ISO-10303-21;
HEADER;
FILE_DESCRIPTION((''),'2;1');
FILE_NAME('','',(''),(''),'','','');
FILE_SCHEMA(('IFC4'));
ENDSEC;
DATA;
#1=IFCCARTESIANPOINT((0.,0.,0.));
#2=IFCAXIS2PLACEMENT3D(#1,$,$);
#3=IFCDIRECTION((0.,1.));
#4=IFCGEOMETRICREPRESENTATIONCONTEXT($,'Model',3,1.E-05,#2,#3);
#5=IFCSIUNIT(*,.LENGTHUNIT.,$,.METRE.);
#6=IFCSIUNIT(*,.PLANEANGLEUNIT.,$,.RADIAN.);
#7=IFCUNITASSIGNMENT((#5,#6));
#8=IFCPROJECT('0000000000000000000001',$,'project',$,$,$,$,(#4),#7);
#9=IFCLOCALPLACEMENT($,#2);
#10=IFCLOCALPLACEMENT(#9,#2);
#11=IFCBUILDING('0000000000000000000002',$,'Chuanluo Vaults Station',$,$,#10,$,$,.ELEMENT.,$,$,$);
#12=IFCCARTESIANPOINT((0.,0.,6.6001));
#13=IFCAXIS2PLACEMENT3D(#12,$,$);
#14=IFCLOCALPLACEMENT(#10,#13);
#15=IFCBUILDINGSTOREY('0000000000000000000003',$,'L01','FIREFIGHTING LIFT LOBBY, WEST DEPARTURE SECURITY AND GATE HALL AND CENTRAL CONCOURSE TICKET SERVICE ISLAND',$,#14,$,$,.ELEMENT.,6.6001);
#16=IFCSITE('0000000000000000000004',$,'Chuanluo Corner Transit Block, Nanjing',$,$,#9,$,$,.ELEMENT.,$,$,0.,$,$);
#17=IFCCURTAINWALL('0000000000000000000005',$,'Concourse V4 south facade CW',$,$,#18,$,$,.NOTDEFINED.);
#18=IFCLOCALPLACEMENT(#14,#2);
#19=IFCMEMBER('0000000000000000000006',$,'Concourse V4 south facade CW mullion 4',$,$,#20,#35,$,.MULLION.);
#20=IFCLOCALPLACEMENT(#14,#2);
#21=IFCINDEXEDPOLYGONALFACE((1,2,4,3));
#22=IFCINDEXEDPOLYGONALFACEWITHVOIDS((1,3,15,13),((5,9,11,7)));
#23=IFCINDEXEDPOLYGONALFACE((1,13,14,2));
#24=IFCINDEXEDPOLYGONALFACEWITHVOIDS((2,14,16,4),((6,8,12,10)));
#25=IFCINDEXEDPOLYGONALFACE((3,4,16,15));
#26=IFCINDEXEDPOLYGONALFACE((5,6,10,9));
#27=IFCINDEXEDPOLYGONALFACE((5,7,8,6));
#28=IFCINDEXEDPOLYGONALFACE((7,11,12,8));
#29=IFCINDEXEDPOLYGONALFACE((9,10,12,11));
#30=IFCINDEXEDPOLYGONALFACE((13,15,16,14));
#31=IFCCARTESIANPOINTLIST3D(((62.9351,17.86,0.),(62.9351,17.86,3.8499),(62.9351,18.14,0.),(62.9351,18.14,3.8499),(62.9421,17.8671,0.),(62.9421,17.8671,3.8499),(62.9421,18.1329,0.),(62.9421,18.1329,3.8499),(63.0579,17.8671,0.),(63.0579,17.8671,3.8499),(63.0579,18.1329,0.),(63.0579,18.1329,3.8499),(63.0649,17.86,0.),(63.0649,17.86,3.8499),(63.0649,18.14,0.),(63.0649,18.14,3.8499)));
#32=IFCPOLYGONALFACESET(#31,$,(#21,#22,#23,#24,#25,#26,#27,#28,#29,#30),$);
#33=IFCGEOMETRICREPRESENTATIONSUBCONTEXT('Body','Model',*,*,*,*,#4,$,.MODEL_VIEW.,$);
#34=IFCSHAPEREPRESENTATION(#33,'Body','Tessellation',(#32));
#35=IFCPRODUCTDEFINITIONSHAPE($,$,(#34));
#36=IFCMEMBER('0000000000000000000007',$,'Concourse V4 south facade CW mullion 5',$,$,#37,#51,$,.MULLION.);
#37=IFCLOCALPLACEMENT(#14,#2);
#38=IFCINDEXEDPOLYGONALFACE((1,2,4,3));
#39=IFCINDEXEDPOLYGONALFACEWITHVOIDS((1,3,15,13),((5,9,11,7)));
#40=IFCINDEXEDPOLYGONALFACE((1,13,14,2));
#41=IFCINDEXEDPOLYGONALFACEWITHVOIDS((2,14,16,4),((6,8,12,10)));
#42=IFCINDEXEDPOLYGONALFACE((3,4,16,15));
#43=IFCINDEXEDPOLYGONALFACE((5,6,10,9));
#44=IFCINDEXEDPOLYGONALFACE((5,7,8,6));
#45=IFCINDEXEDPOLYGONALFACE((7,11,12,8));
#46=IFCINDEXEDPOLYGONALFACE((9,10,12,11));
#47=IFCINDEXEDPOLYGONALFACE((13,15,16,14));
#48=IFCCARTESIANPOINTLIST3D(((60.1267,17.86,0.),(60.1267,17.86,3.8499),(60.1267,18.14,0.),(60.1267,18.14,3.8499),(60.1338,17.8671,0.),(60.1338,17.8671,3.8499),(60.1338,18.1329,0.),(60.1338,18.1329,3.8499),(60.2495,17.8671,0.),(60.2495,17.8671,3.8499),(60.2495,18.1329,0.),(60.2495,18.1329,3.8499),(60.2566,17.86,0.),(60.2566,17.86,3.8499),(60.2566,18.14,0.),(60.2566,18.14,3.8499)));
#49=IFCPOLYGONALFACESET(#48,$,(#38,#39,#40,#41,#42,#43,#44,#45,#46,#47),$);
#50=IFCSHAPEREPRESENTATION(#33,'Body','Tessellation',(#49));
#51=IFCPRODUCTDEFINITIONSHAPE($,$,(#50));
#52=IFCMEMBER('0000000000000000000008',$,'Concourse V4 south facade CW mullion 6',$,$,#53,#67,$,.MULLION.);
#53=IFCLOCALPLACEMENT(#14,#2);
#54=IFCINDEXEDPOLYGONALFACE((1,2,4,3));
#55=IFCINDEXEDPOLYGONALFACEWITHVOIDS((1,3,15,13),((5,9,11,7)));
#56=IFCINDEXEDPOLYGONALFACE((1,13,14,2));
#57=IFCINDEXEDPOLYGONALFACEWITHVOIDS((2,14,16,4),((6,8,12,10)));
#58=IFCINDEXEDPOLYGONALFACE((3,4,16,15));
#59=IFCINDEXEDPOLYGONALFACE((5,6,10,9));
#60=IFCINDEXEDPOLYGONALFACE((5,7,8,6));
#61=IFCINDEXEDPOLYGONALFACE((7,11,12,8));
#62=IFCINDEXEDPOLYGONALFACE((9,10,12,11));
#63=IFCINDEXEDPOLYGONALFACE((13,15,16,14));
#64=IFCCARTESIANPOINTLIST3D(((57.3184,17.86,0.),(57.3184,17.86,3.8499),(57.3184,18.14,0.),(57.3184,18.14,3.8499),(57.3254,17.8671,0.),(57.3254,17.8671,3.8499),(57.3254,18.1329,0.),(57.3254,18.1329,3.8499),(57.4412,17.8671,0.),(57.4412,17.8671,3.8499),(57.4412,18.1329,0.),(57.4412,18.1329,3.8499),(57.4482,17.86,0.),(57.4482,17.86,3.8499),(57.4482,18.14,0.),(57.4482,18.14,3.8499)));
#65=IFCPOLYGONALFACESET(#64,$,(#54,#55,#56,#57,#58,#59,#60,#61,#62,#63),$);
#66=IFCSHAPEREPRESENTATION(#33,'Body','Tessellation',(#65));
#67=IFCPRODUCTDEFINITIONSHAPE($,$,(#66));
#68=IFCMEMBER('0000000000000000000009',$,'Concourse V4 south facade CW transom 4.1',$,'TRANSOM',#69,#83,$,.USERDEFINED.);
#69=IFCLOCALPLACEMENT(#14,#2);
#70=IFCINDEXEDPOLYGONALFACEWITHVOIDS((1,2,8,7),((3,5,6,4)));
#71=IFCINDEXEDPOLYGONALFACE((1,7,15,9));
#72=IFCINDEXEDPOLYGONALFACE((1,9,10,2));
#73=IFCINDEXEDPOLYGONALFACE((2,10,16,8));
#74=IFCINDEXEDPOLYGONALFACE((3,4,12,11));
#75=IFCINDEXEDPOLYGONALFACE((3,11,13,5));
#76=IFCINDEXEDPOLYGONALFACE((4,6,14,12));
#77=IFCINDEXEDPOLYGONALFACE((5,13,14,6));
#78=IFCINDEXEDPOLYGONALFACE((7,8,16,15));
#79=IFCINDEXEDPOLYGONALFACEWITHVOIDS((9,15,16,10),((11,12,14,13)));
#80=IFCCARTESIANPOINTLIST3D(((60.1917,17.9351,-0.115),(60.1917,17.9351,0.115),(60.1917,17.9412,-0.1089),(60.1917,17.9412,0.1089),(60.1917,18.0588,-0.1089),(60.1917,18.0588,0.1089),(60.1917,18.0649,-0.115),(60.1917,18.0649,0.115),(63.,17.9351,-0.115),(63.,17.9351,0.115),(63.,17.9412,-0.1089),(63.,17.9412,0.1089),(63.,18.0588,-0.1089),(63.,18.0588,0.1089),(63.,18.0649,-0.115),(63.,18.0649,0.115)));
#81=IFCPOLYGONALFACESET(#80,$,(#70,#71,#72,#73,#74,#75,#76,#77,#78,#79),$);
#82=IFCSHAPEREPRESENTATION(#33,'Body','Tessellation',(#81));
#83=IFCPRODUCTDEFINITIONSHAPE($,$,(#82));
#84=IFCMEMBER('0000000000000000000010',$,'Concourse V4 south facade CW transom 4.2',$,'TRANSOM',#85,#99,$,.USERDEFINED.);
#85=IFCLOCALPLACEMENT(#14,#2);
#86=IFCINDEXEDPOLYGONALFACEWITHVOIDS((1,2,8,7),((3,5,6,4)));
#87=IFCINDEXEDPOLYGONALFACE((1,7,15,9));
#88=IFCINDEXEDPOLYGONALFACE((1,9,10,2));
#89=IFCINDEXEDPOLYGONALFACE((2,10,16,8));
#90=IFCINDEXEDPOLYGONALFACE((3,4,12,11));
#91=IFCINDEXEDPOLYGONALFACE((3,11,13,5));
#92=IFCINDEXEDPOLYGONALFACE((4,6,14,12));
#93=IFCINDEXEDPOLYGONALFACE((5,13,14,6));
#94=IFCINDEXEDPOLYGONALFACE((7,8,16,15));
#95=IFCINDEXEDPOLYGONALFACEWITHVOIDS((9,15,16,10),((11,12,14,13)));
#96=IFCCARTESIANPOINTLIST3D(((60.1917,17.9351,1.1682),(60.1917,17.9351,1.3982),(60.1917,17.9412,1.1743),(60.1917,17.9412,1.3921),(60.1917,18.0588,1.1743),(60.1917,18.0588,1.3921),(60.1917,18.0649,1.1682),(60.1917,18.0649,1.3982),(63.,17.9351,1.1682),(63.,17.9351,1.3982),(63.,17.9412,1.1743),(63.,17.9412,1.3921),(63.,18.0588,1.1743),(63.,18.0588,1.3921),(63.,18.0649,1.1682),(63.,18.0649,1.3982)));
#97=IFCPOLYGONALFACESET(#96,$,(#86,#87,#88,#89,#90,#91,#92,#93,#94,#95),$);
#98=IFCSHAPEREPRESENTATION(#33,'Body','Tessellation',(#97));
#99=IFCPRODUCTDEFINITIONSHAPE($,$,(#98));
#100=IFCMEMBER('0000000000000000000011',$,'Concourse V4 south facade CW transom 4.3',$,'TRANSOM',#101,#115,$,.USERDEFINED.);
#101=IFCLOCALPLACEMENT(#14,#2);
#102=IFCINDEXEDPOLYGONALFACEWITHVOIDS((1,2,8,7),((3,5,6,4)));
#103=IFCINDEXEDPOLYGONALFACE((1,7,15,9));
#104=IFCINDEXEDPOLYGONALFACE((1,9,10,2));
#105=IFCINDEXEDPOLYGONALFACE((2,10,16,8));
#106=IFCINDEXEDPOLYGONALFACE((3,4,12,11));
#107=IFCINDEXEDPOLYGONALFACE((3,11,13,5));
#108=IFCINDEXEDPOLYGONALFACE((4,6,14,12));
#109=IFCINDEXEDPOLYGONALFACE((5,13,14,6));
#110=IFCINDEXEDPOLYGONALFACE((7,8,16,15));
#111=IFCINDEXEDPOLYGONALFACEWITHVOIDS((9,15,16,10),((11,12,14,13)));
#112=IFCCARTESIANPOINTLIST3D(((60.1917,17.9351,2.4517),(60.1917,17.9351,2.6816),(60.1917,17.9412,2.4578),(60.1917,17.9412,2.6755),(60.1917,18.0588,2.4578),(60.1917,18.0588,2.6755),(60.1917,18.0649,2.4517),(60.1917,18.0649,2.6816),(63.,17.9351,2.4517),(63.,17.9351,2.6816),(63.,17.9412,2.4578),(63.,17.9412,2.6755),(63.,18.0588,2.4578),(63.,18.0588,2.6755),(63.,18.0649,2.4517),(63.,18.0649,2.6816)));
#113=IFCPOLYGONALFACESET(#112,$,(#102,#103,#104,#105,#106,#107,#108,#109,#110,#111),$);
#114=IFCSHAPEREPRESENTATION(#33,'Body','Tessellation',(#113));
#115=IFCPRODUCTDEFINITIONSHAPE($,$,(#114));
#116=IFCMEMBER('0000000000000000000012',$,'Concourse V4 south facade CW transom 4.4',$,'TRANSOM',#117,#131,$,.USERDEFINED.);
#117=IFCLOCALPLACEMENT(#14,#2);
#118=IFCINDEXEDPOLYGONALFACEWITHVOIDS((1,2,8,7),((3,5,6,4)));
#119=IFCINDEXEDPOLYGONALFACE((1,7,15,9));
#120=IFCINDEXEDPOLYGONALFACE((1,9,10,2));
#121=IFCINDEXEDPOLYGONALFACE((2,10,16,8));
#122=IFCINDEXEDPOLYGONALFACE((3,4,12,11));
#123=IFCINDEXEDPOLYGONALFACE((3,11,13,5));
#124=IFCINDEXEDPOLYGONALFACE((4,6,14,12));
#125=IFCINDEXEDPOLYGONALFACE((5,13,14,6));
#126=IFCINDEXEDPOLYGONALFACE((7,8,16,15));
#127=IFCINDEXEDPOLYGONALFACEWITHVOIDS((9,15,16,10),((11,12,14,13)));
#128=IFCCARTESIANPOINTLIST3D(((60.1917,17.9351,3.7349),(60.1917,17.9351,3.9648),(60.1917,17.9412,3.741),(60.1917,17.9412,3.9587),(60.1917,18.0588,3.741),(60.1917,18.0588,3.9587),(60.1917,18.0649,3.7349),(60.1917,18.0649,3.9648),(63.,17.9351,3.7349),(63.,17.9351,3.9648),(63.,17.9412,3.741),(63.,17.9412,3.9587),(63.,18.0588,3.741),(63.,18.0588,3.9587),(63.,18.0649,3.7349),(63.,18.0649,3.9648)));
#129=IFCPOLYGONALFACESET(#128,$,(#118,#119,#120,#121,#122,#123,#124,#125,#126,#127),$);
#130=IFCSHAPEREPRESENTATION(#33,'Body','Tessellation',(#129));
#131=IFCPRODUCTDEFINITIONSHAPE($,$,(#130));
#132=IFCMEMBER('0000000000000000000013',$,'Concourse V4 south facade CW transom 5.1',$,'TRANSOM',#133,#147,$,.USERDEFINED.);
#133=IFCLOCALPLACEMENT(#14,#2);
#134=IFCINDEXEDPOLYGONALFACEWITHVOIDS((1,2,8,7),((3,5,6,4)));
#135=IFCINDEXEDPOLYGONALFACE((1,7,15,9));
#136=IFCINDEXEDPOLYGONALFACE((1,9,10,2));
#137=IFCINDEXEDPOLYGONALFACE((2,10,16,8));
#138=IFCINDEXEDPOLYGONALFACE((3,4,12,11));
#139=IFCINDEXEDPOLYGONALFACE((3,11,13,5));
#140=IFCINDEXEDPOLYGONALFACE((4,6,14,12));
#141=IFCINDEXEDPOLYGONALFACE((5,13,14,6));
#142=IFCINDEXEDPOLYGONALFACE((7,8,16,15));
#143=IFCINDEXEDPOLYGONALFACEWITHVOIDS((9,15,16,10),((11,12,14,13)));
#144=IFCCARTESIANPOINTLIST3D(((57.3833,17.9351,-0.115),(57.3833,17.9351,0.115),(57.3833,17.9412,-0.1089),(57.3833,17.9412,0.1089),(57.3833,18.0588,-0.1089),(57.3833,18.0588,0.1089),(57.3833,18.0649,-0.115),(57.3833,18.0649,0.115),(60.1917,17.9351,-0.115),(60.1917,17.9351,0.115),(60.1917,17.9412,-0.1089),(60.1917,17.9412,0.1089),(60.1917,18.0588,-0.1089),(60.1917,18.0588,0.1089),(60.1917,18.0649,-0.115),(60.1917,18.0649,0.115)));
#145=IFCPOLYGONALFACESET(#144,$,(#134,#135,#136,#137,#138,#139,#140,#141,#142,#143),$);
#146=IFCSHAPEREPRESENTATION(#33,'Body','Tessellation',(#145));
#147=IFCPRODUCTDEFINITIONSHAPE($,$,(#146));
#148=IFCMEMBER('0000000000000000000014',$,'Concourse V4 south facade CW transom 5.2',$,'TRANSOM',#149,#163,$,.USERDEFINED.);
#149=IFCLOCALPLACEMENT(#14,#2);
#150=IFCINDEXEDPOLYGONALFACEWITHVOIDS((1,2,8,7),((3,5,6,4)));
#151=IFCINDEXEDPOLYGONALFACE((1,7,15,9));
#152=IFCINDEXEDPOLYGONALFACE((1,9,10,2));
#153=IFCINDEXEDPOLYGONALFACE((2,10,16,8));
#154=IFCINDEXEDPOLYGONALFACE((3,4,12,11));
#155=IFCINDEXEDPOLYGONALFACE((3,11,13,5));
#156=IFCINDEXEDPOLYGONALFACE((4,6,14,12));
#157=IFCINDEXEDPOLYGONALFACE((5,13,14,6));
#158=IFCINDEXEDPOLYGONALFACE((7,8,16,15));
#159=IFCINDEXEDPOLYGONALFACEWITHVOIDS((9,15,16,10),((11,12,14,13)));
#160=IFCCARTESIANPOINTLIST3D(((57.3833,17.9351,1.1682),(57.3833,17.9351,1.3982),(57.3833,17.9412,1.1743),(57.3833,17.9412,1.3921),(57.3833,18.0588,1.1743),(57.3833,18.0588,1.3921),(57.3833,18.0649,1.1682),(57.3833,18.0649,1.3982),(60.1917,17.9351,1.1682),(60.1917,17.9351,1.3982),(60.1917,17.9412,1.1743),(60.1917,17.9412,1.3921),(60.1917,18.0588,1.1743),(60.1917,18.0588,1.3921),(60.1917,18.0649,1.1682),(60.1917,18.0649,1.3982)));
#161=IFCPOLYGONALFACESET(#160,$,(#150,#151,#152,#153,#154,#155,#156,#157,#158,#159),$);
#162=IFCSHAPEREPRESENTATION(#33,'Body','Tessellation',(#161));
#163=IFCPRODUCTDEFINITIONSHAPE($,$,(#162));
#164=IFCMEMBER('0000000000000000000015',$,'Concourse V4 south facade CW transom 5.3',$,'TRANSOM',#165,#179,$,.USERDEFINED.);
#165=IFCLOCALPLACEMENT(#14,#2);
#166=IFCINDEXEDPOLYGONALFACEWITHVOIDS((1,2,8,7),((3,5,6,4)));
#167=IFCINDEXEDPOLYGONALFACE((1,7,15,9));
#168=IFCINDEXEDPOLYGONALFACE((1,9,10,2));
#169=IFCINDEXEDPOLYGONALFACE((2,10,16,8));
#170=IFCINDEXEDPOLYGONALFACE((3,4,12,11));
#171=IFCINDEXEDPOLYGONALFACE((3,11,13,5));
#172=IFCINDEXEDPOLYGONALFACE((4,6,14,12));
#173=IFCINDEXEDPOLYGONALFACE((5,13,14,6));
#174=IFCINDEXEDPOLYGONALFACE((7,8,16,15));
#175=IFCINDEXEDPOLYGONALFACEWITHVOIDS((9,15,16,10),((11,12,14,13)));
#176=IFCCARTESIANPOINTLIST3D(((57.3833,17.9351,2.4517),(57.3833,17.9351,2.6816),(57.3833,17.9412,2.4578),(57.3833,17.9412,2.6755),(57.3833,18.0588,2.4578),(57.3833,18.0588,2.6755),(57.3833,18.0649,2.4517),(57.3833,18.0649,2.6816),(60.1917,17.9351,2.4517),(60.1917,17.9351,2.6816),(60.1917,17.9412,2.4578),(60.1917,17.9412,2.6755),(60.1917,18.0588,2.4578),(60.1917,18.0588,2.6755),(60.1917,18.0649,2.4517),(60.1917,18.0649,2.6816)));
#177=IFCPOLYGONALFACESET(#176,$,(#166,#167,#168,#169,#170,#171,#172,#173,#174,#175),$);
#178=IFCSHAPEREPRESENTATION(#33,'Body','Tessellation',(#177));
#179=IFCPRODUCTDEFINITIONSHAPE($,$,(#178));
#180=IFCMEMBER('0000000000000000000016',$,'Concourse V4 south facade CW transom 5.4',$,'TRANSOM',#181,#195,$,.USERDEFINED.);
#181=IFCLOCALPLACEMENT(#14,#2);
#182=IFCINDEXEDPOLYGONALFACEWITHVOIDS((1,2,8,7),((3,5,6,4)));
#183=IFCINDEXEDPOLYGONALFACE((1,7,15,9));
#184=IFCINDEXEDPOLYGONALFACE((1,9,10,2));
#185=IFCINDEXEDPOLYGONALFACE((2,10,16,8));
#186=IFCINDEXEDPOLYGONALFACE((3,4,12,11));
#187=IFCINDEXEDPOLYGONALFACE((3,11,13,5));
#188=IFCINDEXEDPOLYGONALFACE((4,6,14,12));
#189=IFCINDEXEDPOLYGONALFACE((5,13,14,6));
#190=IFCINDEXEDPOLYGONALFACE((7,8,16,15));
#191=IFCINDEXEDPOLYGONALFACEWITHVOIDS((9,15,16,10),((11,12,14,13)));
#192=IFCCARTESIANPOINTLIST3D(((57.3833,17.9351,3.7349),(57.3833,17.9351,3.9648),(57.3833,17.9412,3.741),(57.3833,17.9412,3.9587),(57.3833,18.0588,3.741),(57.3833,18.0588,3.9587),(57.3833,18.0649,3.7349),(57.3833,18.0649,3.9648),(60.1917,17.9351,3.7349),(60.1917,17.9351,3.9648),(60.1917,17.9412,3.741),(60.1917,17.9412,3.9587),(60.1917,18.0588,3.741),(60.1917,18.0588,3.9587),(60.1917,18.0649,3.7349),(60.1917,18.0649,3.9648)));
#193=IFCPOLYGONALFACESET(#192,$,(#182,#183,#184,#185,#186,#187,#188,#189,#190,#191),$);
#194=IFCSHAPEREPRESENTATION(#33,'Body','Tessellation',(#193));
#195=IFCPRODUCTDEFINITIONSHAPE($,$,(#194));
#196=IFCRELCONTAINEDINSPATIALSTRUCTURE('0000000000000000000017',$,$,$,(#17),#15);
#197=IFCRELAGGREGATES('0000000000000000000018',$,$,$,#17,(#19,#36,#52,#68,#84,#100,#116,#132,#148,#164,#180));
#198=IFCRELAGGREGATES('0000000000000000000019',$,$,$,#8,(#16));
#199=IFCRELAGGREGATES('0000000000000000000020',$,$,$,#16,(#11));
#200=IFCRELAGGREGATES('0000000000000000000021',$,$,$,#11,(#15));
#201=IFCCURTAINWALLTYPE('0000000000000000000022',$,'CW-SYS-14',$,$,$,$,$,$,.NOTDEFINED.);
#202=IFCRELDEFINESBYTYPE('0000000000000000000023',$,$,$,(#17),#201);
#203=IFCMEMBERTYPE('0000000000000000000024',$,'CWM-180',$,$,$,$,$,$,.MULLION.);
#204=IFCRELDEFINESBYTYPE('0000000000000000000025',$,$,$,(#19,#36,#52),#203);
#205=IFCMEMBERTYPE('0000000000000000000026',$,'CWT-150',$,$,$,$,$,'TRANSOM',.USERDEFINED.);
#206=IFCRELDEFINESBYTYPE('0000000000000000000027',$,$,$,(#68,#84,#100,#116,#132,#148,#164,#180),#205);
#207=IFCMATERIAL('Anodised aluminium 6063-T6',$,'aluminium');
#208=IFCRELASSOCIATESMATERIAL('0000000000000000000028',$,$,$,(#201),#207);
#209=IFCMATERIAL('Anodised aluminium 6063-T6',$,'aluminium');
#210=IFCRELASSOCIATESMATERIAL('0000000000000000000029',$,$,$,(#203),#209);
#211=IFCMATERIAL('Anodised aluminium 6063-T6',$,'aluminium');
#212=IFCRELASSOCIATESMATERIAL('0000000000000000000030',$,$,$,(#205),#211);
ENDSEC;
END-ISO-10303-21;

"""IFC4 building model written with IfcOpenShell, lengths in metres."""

from ifc_helpers import new_model, si_unit, direction, frame, origin, origin_2d, place, context, subcontext, project, spatial, hollow_rectangle, extrude, material, material_profile, profile_set, type_object, element, aggregate, save


model = new_model("IFC4")

# Units and contexts
model_context = context("Model", 3, precision=1e-05, world=origin(), true_north=direction((0.0, 1.0)))
body_context = subcontext(model_context, "Body", "Model", "MODEL_VIEW")
ifc_project = project(units=[si_unit("LENGTHUNIT", "METRE"), si_unit("PLANEANGLEUNIT", "RADIAN")], contexts=[model_context])

# Site, building, storey
site_placement = place(None, origin())
site = spatial("IfcSite", under=ifc_project, at=site_placement, Name="Chuanluo Corner Transit Block, Nanjing", CompositionType="ELEMENT", RefElevation=0.0)
building_placement = place(site_placement, origin())
building = spatial("IfcBuilding", under=site, at=building_placement, Name="Chuanluo Vaults Station", CompositionType="ELEMENT")
storey_placement = place(building_placement, frame((0.0, 0.0, 6.6001)))
storey = spatial("IfcBuildingStorey", under=building, at=storey_placement, Name="L01", Description="FIREFIGHTING LIFT LOBBY, WEST DEPARTURE SECURITY AND GATE HALL AND CENTRAL CONCOURSE TICKET SERVICE ISLAND", CompositionType="ELEMENT", Elevation=6.6001)

# Curtain wall, members
ifc_material_1 = material(Name="Anodised aluminium 6063-T6", Category="aluminium")
curtain_wall_type = type_object("IfcCurtainWallType", Name="CW-SYS-14", PredefinedType="NOTDEFINED", material=ifc_material_1)
curtain_wall_placement = place(storey_placement, origin())
curtain_wall = element("IfcCurtainWall", 1, at=curtain_wall_placement, inside=storey, type_object=curtain_wall_type, Name="Concourse V4 south facade CW", PredefinedType="NOTDEFINED")
ifc_material_2 = material(Name="Anodised aluminium 6063-T6", Category="aluminium")
ifc_material_profile_1 = material_profile(ifc_material_2, hollow_rectangle(XDim=0.1299, YDim=0.28, WallThickness=0.0071, at=origin_2d()))
ifc_profile_set_1 = profile_set([ifc_material_profile_1], Name="Anodised aluminium 6063-T6")
member_type_1 = type_object("IfcMemberType", Name="CWM-180", PredefinedType="MULLION", material=ifc_profile_set_1)
member_1_placement = place(storey_placement, frame((63.0, 18.0, 0.0), z_axis=(0.0, 0.0, 1.0), x_axis=(-1.0, 0.0, 0.0)))
member_1 = element("IfcMember", 2, at=member_1_placement, type_object=member_type_1, Name="Concourse V4 south facade CW mullion 4", PredefinedType="MULLION", context=body_context, shape_type="SweptSolid", body=[
    extrude(hollow_rectangle(XDim=0.1299, YDim=0.28, WallThickness=0.0071, at=origin_2d()), origin(), (0.0, 0.0, 1.0), 3.8499),
])
member_2_placement = place(storey_placement, frame((60.1917, 18.0, 0.0), z_axis=(0.0, 0.0, 1.0), x_axis=(-1.0, 0.0, 0.0)))
member_2 = element("IfcMember", 3, at=member_2_placement, type_object=member_type_1, Name="Concourse V4 south facade CW mullion 5", PredefinedType="MULLION", context=body_context, shape_type="SweptSolid", body=[
    extrude(hollow_rectangle(XDim=0.1299, YDim=0.28, WallThickness=0.0071, at=origin_2d()), origin(), (0.0, 0.0, 1.0), 3.8499),
])
member_3_placement = place(storey_placement, frame((57.3833, 18.0, 0.0), z_axis=(0.0, 0.0, 1.0), x_axis=(-1.0, 0.0, 0.0)))
member_3 = element("IfcMember", 4, at=member_3_placement, type_object=member_type_1, Name="Concourse V4 south facade CW mullion 6", PredefinedType="MULLION", context=body_context, shape_type="SweptSolid", body=[
    extrude(hollow_rectangle(XDim=0.1299, YDim=0.28, WallThickness=0.0071, at=origin_2d()), origin(), (0.0, 0.0, 1.0), 3.8499),
])
ifc_material_3 = material(Name="Anodised aluminium 6063-T6", Category="aluminium")
ifc_material_profile_2 = material_profile(ifc_material_3, hollow_rectangle(XDim=0.1299, YDim=0.23, WallThickness=0.0061, at=origin_2d()))
ifc_profile_set_2 = profile_set([ifc_material_profile_2], Name="Anodised aluminium 6063-T6")
member_type_2 = type_object("IfcMemberType", Name="CWT-150", ElementType="TRANSOM", PredefinedType="USERDEFINED", material=ifc_profile_set_2)
member_4_placement = place(storey_placement, frame((63.0, 18.0, 0.0), z_axis=(-1.0, 0.0, 0.0), x_axis=(0.0, -1.0, 0.0)))
member_4 = element("IfcMember", 5, at=member_4_placement, type_object=member_type_2, Name="Concourse V4 south facade CW transom 4.1", ObjectType="TRANSOM", PredefinedType="USERDEFINED", context=body_context, shape_type="SweptSolid", body=[
    extrude(hollow_rectangle(XDim=0.1299, YDim=0.23, WallThickness=0.0061, at=origin_2d()), origin(), (0.0, 0.0, 1.0), 2.8083),
])
member_5_placement = place(storey_placement, frame((63.0, 18.0, 1.2832), z_axis=(-1.0, 0.0, 0.0), x_axis=(0.0, -1.0, 0.0)))
member_5 = element("IfcMember", 6, at=member_5_placement, type_object=member_type_2, Name="Concourse V4 south facade CW transom 4.2", ObjectType="TRANSOM", PredefinedType="USERDEFINED", context=body_context, shape_type="SweptSolid", body=[
    extrude(hollow_rectangle(XDim=0.1299, YDim=0.23, WallThickness=0.0061, at=origin_2d()), origin(), (0.0, 0.0, 1.0), 2.8083),
])
member_6_placement = place(storey_placement, frame((63.0, 18.0, 2.5667), z_axis=(-1.0, 0.0, 0.0), x_axis=(0.0, -1.0, 0.0)))
member_6 = element("IfcMember", 7, at=member_6_placement, type_object=member_type_2, Name="Concourse V4 south facade CW transom 4.3", ObjectType="TRANSOM", PredefinedType="USERDEFINED", context=body_context, shape_type="SweptSolid", body=[
    extrude(hollow_rectangle(XDim=0.1299, YDim=0.23, WallThickness=0.0061, at=origin_2d()), origin(), (0.0, 0.0, 1.0), 2.8083),
])
member_7_placement = place(storey_placement, frame((63.0, 18.0, 3.8499), z_axis=(-1.0, 0.0, 0.0), x_axis=(0.0, -1.0, 0.0)))
member_7 = element("IfcMember", 8, at=member_7_placement, type_object=member_type_2, Name="Concourse V4 south facade CW transom 4.4", ObjectType="TRANSOM", PredefinedType="USERDEFINED", context=body_context, shape_type="SweptSolid", body=[
    extrude(hollow_rectangle(XDim=0.1299, YDim=0.23, WallThickness=0.0061, at=origin_2d()), origin(), (0.0, 0.0, 1.0), 2.8083),
])
member_8_placement = place(storey_placement, frame((60.1917, 18.0, 0.0), z_axis=(-1.0, 0.0, 0.0), x_axis=(0.0, -1.0, 0.0)))
member_8 = element("IfcMember", 9, at=member_8_placement, type_object=member_type_2, Name="Concourse V4 south facade CW transom 5.1", ObjectType="TRANSOM", PredefinedType="USERDEFINED", context=body_context, shape_type="SweptSolid", body=[
    extrude(hollow_rectangle(XDim=0.1299, YDim=0.23, WallThickness=0.0061, at=origin_2d()), origin(), (0.0, 0.0, 1.0), 2.8083),
])
member_9_placement = place(storey_placement, frame((60.1917, 18.0, 1.2832), z_axis=(-1.0, 0.0, 0.0), x_axis=(0.0, -1.0, 0.0)))
member_9 = element("IfcMember", 10, at=member_9_placement, type_object=member_type_2, Name="Concourse V4 south facade CW transom 5.2", ObjectType="TRANSOM", PredefinedType="USERDEFINED", context=body_context, shape_type="SweptSolid", body=[
    extrude(hollow_rectangle(XDim=0.1299, YDim=0.23, WallThickness=0.0061, at=origin_2d()), origin(), (0.0, 0.0, 1.0), 2.8083),
])
member_10_placement = place(storey_placement, frame((60.1917, 18.0, 2.5667), z_axis=(-1.0, 0.0, 0.0), x_axis=(0.0, -1.0, 0.0)))
member_10 = element("IfcMember", 11, at=member_10_placement, type_object=member_type_2, Name="Concourse V4 south facade CW transom 5.3", ObjectType="TRANSOM", PredefinedType="USERDEFINED", context=body_context, shape_type="SweptSolid", body=[
    extrude(hollow_rectangle(XDim=0.1299, YDim=0.23, WallThickness=0.0061, at=origin_2d()), origin(), (0.0, 0.0, 1.0), 2.8083),
])
member_11_placement = place(storey_placement, frame((60.1917, 18.0, 3.8499), z_axis=(-1.0, 0.0, 0.0), x_axis=(0.0, -1.0, 0.0)))
member_11 = element("IfcMember", 12, at=member_11_placement, type_object=member_type_2, Name="Concourse V4 south facade CW transom 5.4", ObjectType="TRANSOM", PredefinedType="USERDEFINED", context=body_context, shape_type="SweptSolid", body=[
    extrude(hollow_rectangle(XDim=0.1299, YDim=0.23, WallThickness=0.0061, at=origin_2d()), origin(), (0.0, 0.0, 1.0), 2.8083),
])

aggregate(curtain_wall, [member_1, member_2, member_3, member_4, member_5, member_6, member_7, member_8, member_9, member_10, member_11])

save(model, "model.ifc")
